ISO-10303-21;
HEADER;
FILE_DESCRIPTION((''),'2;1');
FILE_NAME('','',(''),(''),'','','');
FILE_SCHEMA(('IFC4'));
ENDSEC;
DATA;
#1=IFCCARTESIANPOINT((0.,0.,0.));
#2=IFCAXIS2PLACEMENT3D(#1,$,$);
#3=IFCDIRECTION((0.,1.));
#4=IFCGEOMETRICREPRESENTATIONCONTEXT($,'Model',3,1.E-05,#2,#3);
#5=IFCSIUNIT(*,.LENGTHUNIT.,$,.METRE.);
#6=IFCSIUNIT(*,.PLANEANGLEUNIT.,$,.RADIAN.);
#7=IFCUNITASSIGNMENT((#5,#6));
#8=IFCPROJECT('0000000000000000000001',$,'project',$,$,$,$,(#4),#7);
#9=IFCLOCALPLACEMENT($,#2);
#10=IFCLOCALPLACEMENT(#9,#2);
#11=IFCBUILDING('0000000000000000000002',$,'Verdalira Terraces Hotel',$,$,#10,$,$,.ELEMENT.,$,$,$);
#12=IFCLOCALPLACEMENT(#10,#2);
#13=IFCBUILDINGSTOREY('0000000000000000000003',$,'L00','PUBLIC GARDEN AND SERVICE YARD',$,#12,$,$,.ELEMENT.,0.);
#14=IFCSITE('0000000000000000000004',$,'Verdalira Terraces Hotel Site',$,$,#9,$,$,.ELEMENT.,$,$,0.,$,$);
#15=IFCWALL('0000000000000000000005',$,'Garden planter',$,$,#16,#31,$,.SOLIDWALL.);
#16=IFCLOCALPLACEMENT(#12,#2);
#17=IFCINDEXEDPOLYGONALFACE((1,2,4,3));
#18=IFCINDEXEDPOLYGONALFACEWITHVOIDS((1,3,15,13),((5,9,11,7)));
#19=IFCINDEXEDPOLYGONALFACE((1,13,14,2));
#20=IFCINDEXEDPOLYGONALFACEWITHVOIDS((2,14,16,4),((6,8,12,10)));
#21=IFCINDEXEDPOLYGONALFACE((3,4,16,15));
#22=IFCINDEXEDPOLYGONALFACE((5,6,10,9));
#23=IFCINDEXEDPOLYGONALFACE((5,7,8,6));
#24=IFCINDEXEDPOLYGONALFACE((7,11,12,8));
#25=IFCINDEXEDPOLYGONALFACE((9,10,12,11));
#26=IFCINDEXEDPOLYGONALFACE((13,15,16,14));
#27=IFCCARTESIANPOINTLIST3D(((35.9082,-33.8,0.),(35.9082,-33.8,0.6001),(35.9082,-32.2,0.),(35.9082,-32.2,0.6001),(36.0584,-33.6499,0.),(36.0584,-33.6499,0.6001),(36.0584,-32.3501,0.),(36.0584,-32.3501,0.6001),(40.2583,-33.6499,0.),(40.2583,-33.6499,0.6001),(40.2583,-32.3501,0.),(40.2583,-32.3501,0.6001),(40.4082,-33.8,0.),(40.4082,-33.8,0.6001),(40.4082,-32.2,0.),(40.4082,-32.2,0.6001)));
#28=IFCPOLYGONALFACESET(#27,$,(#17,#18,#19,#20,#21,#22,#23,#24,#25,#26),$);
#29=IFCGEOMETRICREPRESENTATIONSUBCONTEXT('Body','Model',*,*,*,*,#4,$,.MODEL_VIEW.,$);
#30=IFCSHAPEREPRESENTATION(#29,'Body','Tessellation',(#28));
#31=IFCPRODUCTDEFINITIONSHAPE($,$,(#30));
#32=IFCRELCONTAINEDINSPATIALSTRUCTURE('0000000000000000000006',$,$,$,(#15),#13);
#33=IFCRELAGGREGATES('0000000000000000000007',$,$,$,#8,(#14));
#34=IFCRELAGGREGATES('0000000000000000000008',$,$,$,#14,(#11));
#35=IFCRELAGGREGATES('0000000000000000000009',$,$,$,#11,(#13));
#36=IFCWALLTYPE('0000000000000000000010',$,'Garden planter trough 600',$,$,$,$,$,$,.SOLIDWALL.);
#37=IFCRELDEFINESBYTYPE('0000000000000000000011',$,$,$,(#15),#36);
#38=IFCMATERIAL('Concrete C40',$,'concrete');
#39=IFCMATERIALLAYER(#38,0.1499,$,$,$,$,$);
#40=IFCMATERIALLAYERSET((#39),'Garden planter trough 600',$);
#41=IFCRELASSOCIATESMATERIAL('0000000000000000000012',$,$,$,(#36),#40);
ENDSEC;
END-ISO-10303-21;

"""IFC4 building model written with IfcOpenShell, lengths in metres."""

from ifc_helpers import new_model, si_unit, direction, origin, place, context, subcontext, project, spatial, polyline, outline, extrude, material, layer, layer_set, type_object, element, save


model = new_model("IFC4")

# Units and contexts
model_context = context("Model", 3, precision=1e-05, world=origin(), true_north=direction((0.0, 1.0)))
body_context = subcontext(model_context, "Body", "Model", "MODEL_VIEW")
ifc_project = project(units=[si_unit("LENGTHUNIT", "METRE"), si_unit("PLANEANGLEUNIT", "RADIAN")], contexts=[model_context])

# Site, building, storey
site_placement = place(None, origin())
site = spatial("IfcSite", under=ifc_project, at=site_placement, Name="Verdalira Terraces Hotel Site", CompositionType="ELEMENT", RefElevation=0.0)
building_placement = place(site_placement, origin())
building = spatial("IfcBuilding", under=site, at=building_placement, Name="Verdalira Terraces Hotel", CompositionType="ELEMENT")
storey_placement = place(building_placement, origin())
storey = spatial("IfcBuildingStorey", under=building, at=storey_placement, Name="L00", Description="PUBLIC GARDEN AND SERVICE YARD", CompositionType="ELEMENT", Elevation=0.0)

# Wall
ifc_material_1 = material(Name="Concrete C40", Category="concrete")
ifc_layer_1 = layer(ifc_material_1, 0.1499)
ifc_layer_set_1 = layer_set([ifc_layer_1], Name="Garden planter trough 600")
wall_type = type_object("IfcWallType", Name="Garden planter trough 600", PredefinedType="SOLIDWALL", material=ifc_layer_set_1)
wall_1_placement = place(storey_placement, origin())
element("IfcWall", 1, at=wall_1_placement, inside=storey, type_object=wall_type, Name="Garden planter", PredefinedType="SOLIDWALL", context=body_context, shape_type="SweptSolid", body=[
    extrude(outline(polyline([(35.9082, -33.8), (40.4082, -33.8), (40.4082, -32.2), (35.9082, -32.2), (35.9082, -33.8)]), holes=[polyline([(36.0583, -33.6499), (36.0583, -32.3501), (40.2583, -32.3501), (40.2583, -33.6499), (36.0583, -33.6499)])]), origin(), (0.0, 0.0, 1.0), 0.6001),
])

save(model, "model.ifc")
